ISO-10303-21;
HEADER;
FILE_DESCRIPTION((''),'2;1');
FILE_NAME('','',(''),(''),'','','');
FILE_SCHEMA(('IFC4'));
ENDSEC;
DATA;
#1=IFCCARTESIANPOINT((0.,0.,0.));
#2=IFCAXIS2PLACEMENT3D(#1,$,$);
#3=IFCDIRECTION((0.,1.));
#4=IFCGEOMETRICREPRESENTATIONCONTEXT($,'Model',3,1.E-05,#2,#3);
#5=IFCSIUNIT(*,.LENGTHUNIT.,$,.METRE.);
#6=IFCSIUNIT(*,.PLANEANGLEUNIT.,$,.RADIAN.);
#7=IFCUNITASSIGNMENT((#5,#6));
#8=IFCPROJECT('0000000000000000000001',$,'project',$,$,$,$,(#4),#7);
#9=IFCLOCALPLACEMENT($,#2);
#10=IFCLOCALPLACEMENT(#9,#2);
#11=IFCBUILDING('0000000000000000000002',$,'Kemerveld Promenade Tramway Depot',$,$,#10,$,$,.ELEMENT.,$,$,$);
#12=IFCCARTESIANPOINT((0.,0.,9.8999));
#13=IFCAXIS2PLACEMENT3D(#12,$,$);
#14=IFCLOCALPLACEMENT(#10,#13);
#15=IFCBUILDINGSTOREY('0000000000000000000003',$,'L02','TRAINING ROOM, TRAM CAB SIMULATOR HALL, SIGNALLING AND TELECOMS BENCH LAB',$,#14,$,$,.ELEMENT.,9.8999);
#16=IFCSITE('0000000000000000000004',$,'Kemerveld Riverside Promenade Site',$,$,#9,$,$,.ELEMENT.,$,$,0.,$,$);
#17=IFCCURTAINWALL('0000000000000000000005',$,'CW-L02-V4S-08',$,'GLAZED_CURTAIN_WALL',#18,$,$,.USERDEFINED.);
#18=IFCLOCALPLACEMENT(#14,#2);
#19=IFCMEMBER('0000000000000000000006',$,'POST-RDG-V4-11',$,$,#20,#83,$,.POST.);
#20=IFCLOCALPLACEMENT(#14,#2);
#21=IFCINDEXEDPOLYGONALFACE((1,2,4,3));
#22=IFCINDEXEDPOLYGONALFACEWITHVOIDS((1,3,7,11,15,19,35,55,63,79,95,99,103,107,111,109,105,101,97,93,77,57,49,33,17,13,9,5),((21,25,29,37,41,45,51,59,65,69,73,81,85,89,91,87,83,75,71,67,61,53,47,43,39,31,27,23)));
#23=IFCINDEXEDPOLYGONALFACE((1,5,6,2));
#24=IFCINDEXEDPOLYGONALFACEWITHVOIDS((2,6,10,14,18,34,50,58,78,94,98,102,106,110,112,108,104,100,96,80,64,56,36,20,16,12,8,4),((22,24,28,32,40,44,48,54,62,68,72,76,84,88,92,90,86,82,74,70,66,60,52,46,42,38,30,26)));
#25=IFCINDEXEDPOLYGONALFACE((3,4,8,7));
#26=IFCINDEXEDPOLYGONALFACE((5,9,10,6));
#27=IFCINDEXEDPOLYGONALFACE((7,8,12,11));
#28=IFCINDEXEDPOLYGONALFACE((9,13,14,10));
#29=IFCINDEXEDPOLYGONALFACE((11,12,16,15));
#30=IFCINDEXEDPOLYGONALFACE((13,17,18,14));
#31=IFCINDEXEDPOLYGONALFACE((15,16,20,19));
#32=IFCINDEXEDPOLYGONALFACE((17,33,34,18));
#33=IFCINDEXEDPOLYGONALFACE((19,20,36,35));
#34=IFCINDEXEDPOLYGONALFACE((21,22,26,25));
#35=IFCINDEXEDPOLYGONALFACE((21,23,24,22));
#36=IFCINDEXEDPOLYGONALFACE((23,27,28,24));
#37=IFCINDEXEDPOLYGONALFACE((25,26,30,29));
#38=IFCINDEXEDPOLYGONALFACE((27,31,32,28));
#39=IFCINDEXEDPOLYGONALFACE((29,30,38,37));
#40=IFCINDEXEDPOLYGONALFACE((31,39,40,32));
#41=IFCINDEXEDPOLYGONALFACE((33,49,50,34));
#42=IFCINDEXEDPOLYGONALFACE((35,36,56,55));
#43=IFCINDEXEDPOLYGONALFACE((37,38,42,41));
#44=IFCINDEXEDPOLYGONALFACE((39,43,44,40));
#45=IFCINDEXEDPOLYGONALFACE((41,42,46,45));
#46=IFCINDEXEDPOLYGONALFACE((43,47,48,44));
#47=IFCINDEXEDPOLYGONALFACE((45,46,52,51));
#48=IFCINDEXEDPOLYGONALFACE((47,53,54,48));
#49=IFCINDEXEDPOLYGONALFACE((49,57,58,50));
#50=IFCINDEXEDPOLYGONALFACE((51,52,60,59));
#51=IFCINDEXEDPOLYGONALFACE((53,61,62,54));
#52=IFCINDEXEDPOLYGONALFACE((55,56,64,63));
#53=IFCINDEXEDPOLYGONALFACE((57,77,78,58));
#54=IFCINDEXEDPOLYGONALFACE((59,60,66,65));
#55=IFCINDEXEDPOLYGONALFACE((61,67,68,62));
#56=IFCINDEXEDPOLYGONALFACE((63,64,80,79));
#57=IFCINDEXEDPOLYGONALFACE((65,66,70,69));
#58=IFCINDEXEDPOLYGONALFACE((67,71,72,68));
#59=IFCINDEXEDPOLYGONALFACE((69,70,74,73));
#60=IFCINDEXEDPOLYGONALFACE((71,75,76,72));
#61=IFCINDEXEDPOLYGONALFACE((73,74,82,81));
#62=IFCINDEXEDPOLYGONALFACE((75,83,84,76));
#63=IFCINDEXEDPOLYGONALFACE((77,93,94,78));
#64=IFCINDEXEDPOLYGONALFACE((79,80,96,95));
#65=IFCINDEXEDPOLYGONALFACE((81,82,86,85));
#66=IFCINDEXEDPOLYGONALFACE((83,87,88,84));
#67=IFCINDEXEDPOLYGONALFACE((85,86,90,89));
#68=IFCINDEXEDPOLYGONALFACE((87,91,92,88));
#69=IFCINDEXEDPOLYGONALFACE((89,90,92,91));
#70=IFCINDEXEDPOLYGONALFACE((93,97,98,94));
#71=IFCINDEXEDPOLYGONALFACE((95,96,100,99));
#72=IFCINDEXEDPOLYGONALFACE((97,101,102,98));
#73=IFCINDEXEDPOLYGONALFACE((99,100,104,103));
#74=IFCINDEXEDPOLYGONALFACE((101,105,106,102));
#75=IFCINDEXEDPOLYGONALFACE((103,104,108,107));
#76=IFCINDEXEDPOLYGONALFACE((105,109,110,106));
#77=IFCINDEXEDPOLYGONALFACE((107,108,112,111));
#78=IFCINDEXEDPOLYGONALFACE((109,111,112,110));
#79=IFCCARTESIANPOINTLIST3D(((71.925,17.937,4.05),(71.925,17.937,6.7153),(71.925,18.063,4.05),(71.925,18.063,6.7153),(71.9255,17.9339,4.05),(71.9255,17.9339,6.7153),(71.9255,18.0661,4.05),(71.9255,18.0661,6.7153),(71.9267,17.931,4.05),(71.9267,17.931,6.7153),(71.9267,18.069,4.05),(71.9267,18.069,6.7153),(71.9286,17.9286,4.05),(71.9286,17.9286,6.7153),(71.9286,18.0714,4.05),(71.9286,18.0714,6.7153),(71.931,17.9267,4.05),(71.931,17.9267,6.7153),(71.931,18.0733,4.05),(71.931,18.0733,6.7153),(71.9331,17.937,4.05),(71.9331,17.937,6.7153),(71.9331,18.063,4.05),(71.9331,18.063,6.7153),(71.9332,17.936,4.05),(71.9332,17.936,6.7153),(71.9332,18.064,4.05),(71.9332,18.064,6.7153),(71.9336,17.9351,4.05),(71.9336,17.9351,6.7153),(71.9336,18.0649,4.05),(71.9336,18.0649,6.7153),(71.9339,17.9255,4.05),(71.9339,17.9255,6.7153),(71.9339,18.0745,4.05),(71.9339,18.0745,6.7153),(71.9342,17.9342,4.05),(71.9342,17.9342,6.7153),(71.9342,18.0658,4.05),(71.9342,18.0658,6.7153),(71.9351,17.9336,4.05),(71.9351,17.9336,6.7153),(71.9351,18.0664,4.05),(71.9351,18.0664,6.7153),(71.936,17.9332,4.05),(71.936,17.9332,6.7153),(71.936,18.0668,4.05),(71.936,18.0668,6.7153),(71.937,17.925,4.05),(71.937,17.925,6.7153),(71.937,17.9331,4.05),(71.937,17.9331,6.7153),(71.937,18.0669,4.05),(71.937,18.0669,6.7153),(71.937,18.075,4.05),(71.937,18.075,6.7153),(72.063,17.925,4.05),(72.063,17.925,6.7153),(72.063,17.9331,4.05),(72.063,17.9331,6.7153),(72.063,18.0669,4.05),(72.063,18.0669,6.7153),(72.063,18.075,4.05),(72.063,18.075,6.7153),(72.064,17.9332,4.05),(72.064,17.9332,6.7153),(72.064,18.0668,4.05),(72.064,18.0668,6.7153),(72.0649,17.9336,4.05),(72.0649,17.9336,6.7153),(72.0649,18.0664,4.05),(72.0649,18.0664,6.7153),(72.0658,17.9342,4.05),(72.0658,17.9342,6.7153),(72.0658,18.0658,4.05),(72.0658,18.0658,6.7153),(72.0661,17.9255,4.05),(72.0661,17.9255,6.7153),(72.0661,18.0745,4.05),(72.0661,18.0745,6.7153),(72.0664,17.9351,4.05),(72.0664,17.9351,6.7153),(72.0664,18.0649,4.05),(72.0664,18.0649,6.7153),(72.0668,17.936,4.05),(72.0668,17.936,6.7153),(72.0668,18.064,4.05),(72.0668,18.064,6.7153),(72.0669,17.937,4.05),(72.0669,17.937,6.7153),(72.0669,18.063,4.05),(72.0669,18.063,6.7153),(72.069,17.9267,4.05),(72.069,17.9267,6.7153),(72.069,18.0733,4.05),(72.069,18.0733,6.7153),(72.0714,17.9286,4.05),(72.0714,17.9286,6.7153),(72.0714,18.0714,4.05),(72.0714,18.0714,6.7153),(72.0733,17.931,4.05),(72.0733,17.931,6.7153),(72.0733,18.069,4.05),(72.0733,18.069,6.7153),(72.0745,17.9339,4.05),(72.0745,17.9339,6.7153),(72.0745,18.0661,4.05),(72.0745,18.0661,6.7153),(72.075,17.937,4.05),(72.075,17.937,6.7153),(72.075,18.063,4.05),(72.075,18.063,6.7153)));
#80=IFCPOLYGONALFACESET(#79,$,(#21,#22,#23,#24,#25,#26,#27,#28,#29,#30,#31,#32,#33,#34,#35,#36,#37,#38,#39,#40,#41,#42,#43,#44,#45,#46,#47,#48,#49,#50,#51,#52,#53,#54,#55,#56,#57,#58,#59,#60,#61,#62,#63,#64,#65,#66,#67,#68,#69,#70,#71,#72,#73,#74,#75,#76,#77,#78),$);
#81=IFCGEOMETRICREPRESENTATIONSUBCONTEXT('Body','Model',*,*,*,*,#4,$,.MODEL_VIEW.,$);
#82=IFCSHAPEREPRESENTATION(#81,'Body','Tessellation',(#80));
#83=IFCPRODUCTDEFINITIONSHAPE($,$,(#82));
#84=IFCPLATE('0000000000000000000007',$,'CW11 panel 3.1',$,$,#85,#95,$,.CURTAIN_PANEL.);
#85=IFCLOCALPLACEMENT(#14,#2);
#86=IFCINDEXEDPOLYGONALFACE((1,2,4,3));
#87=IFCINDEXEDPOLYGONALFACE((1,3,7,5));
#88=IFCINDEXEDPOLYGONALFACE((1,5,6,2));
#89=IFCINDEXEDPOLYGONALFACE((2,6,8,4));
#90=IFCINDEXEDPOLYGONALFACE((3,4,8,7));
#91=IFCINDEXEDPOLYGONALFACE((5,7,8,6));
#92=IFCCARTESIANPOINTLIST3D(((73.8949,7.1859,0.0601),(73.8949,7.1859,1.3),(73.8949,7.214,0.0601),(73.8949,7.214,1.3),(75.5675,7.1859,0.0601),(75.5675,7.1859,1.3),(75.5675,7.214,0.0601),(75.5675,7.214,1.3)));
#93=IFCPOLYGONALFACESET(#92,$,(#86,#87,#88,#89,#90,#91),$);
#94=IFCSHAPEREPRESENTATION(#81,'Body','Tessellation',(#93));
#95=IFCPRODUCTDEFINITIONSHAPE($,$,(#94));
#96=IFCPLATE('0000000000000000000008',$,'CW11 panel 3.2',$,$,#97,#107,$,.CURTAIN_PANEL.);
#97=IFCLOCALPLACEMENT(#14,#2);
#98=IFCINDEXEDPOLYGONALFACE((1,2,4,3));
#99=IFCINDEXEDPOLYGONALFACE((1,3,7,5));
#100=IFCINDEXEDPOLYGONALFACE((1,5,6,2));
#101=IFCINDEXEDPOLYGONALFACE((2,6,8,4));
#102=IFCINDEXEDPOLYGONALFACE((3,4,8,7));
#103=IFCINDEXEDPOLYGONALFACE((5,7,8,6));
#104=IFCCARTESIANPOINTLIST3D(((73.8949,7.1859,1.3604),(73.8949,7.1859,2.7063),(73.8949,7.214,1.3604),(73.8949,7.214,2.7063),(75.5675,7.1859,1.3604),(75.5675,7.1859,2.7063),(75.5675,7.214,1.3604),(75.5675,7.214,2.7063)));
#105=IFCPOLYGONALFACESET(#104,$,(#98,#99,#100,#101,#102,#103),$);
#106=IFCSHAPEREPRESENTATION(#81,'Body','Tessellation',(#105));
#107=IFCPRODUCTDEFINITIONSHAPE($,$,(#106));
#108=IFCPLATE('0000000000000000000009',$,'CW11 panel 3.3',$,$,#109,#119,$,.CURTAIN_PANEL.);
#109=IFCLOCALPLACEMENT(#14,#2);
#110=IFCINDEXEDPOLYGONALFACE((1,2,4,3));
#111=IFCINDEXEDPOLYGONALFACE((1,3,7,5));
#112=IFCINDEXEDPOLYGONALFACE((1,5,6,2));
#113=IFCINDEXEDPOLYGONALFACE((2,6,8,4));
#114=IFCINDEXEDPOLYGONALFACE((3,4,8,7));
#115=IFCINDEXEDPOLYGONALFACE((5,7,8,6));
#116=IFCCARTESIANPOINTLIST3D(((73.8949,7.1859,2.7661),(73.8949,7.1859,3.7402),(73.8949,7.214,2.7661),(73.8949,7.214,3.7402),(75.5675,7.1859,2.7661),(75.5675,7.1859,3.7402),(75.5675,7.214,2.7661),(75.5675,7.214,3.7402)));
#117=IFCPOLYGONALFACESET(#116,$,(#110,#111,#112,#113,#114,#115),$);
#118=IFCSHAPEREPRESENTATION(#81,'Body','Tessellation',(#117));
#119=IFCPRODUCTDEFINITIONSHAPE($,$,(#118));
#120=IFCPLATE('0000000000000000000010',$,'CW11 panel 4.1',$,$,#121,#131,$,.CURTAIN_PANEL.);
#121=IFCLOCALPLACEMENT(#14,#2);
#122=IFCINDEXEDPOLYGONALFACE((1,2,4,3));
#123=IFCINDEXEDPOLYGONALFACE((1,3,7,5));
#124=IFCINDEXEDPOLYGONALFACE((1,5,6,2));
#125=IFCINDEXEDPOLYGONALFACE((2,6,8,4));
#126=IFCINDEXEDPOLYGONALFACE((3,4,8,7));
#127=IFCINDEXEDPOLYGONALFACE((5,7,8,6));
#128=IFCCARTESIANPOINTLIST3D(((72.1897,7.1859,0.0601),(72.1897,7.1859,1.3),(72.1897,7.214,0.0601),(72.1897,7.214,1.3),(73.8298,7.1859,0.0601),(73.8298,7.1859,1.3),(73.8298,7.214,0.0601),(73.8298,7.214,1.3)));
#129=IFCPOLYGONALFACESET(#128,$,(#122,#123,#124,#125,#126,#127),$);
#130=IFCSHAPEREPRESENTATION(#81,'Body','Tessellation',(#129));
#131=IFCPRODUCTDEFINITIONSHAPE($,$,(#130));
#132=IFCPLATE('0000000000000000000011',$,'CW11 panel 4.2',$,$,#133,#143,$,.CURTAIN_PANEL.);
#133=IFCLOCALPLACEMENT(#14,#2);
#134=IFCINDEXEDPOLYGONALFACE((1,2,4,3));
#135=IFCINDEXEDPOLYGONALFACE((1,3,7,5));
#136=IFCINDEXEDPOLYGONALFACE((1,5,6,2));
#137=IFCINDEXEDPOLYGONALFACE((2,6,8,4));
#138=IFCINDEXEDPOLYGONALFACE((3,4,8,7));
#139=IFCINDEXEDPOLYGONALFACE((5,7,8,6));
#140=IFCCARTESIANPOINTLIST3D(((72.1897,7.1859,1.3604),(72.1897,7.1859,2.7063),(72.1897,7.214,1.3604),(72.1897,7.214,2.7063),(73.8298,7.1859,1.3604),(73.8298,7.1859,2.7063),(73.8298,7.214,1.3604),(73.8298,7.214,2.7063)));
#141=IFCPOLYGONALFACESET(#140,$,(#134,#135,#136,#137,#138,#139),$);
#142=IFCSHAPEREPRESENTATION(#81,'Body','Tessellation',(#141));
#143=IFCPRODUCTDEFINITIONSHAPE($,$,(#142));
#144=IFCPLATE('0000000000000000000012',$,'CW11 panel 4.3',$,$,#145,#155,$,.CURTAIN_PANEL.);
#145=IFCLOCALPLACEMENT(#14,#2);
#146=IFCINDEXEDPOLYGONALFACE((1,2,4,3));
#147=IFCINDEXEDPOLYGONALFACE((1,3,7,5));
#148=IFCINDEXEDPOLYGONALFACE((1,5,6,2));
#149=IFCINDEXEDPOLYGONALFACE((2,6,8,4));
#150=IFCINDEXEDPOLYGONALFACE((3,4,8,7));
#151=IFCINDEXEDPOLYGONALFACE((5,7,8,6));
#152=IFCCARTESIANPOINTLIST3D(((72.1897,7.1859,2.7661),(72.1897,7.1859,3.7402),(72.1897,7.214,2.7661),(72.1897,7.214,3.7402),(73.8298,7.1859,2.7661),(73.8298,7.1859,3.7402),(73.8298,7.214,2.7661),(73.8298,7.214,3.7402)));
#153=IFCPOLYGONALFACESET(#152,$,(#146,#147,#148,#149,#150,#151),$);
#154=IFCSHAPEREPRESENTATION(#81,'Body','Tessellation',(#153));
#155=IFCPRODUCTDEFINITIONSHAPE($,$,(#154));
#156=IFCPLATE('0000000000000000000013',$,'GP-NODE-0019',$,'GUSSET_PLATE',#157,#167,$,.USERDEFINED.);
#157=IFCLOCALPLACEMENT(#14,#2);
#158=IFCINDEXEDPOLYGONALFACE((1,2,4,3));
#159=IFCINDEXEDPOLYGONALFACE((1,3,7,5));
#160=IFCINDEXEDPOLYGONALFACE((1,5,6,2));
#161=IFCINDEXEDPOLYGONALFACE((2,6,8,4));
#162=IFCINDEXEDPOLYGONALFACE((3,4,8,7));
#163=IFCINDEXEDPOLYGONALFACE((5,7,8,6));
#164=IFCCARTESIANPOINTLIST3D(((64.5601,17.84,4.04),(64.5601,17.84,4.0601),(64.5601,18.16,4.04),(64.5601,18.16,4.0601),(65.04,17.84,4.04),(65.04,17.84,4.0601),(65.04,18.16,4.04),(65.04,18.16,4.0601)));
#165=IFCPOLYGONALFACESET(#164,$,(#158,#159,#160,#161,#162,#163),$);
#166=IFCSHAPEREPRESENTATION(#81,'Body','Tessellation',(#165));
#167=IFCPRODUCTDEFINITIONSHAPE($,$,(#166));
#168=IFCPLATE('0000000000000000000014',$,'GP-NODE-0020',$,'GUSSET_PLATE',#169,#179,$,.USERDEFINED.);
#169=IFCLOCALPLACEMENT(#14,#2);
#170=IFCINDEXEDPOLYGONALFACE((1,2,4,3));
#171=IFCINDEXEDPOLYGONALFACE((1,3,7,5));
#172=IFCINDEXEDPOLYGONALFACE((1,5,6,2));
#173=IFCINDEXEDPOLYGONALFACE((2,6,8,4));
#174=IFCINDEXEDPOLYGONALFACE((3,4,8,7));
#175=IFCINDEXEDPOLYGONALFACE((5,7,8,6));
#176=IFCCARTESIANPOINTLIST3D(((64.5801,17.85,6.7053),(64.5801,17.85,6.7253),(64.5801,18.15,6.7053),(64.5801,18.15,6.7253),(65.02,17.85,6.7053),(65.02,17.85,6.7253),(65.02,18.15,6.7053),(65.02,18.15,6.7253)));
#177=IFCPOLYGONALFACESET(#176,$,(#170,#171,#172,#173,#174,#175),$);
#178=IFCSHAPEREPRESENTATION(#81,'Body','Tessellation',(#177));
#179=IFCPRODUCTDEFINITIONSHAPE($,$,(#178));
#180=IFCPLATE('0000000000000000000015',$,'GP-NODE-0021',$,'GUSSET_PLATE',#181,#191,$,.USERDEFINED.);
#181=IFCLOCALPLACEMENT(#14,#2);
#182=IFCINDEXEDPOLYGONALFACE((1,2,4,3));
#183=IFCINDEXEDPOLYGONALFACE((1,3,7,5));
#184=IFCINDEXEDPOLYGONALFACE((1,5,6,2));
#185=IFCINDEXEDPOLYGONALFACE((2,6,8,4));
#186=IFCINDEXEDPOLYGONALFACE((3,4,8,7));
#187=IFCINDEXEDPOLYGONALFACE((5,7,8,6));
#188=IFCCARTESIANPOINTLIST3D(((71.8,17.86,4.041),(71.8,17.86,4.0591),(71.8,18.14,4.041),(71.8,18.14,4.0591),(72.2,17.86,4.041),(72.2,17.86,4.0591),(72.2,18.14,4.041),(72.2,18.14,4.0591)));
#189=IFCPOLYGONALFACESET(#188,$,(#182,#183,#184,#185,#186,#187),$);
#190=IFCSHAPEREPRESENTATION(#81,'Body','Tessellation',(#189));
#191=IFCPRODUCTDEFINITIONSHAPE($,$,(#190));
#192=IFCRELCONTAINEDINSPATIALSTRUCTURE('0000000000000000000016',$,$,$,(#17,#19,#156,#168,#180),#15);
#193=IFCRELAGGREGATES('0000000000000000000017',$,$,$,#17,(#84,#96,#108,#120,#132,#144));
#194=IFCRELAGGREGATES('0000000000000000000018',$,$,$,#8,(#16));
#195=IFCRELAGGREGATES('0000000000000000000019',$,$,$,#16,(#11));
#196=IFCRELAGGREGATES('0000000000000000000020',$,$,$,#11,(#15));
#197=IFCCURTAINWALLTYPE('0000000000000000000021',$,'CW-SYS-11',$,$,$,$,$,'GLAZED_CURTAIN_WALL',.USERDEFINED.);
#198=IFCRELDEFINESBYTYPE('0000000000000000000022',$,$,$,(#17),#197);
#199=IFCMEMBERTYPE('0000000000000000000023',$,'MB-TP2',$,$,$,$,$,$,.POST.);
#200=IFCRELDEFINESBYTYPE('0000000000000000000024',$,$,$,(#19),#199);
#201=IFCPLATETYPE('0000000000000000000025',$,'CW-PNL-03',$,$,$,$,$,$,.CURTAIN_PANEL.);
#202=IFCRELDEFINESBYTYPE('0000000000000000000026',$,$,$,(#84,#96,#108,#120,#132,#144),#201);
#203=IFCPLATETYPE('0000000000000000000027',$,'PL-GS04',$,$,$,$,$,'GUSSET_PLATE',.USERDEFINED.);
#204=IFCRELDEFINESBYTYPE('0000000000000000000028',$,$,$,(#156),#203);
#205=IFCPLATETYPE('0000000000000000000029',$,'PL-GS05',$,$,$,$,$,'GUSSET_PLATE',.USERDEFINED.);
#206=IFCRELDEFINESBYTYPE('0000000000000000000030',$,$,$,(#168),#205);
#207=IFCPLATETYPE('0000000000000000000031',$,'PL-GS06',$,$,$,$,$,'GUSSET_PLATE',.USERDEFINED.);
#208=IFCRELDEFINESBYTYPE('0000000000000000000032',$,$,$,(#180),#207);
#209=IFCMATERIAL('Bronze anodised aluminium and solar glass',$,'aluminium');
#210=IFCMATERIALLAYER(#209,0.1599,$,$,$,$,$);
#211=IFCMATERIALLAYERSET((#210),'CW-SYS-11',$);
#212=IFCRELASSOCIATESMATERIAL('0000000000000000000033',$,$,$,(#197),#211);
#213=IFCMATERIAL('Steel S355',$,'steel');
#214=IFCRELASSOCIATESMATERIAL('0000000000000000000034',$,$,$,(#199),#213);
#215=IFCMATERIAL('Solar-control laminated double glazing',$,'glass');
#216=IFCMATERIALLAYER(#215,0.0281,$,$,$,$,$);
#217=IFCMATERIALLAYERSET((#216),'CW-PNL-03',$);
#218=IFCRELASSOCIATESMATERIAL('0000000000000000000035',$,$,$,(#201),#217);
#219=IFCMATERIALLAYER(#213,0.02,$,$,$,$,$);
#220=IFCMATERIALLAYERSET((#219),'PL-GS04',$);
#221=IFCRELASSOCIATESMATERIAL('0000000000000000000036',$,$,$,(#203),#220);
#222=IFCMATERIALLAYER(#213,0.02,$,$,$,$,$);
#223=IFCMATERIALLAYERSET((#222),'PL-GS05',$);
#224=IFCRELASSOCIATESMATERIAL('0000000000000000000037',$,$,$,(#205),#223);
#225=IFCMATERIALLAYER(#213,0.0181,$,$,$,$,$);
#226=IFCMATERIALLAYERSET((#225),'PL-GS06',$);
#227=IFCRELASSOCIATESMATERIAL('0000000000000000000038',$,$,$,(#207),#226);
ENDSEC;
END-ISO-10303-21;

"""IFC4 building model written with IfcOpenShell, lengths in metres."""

from ifc_helpers import new_model, si_unit, direction, frame, origin, origin_2d, place, context, subcontext, project, spatial, rectangle, hollow_rectangle, extrude, material, layer, layer_set, material_profile, profile_set, type_object, element, aggregate, save


model = new_model("IFC4")

# Units and contexts
model_context = context("Model", 3, precision=1e-05, world=origin(), true_north=direction((0.0, 1.0)))
body_context = subcontext(model_context, "Body", "Model", "MODEL_VIEW")
ifc_project = project(units=[si_unit("LENGTHUNIT", "METRE"), si_unit("PLANEANGLEUNIT", "RADIAN")], contexts=[model_context])

# Site, building, storey
site_placement = place(None, origin())
site = spatial("IfcSite", under=ifc_project, at=site_placement, Name="Kemerveld Riverside Promenade Site", CompositionType="ELEMENT", RefElevation=0.0)
building_placement = place(site_placement, origin())
building = spatial("IfcBuilding", under=site, at=building_placement, Name="Kemerveld Promenade Tramway Depot", CompositionType="ELEMENT")
storey_placement = place(building_placement, frame((0.0, 0.0, 9.8999)))
storey = spatial("IfcBuildingStorey", under=building, at=storey_placement, Name="L02", Description="TRAINING ROOM, TRAM CAB SIMULATOR HALL, SIGNALLING AND TELECOMS BENCH LAB", CompositionType="ELEMENT", Elevation=9.8999)

# Shared definitions
ifc_material_1 = material(Name="Steel S355", Category="steel")

# Curtain wall
ifc_material_2 = material(Name="Bronze anodised aluminium and solar glass", Category="aluminium")
ifc_layer_1 = layer(ifc_material_2, 0.1599)
ifc_layer_set_1 = layer_set([ifc_layer_1], Name="CW-SYS-11")
curtain_wall_type = type_object("IfcCurtainWallType", Name="CW-SYS-11", ElementType="GLAZED_CURTAIN_WALL", PredefinedType="USERDEFINED", material=ifc_layer_set_1)
curtain_wall_placement = place(storey_placement, origin())
curtain_wall = element("IfcCurtainWall", 1, at=curtain_wall_placement, inside=storey, type_object=curtain_wall_type, Name="CW-L02-V4S-08", ObjectType="GLAZED_CURTAIN_WALL", PredefinedType="USERDEFINED")

# Member
ifc_material_profile_1 = material_profile(ifc_material_1, hollow_rectangle(XDim=0.1499, YDim=0.1499, WallThickness=0.0081, InnerFilletRadius=0.0039, OuterFilletRadius=0.012, at=origin_2d()), Name="150x150x8.0 SHS")
ifc_profile_set_1 = profile_set([ifc_material_profile_1], Name="Steel S355")
member_type_1 = type_object("IfcMemberType", Name="MB-TP2", PredefinedType="POST", material=ifc_profile_set_1)
member_1_placement = place(storey_placement, frame((72.0, 18.0, 4.05), z_axis=(0.0, 0.0, 1.0), x_axis=(1.0, 0.0, 0.0)))
element("IfcMember", 2, at=member_1_placement, inside=storey, type_object=member_type_1, Name="POST-RDG-V4-11", PredefinedType="POST", context=body_context, shape_type="SweptSolid", body=[
    extrude(hollow_rectangle(XDim=0.1499, YDim=0.1499, WallThickness=0.0081, InnerFilletRadius=0.0039, OuterFilletRadius=0.012, at=origin_2d()), origin(), (0.0, 0.0, 1.0), 2.6653),
])

# Plates
ifc_material_3 = material(Name="Solar-control laminated double glazing", Category="glass")
ifc_layer_2 = layer(ifc_material_3, 0.0281)
ifc_layer_set_2 = layer_set([ifc_layer_2], Name="CW-PNL-03")
plate_type_1 = type_object("IfcPlateType", Name="CW-PNL-03", PredefinedType="CURTAIN_PANEL", material=ifc_layer_set_2)
plate_1_placement = place(storey_placement, frame((74.7312, 7.2, 0.0601), z_axis=(0.0, 0.0, 1.0), x_axis=(-1.0, 0.0, 0.0)))
plate_1 = element("IfcPlate", 3, at=plate_1_placement, type_object=plate_type_1, Name="CW11 panel 3.1", PredefinedType="CURTAIN_PANEL", context=body_context, shape_type="SweptSolid", body=[
    extrude(rectangle(XDim=1.6726, YDim=0.0281, at=origin_2d()), origin(), (0.0, 0.0, 1.0), 1.24),
])
plate_2_placement = place(storey_placement, frame((74.7312, 7.2, 1.3604), z_axis=(0.0, 0.0, 1.0), x_axis=(-1.0, 0.0, 0.0)))
plate_2 = element("IfcPlate", 4, at=plate_2_placement, type_object=plate_type_1, Name="CW11 panel 3.2", PredefinedType="CURTAIN_PANEL", context=body_context, shape_type="SweptSolid", body=[
    extrude(rectangle(XDim=1.6726, YDim=0.0281, at=origin_2d()), origin(), (0.0, 0.0, 1.0), 1.3459),
])
plate_3_placement = place(storey_placement, frame((74.7312, 7.2, 2.7661), z_axis=(0.0, 0.0, 1.0), x_axis=(-1.0, 0.0, 0.0)))
plate_3 = element("IfcPlate", 5, at=plate_3_placement, type_object=plate_type_1, Name="CW11 panel 3.3", PredefinedType="CURTAIN_PANEL", context=body_context, shape_type="SweptSolid", body=[
    extrude(rectangle(XDim=1.6726, YDim=0.0281, at=origin_2d()), origin(), (0.0, 0.0, 1.0), 0.9741),
])
plate_4_placement = place(storey_placement, frame((73.0098, 7.2, 0.0601), z_axis=(0.0, 0.0, 1.0), x_axis=(-1.0, 0.0, 0.0)))
plate_4 = element("IfcPlate", 6, at=plate_4_placement, type_object=plate_type_1, Name="CW11 panel 4.1", PredefinedType="CURTAIN_PANEL", context=body_context, shape_type="SweptSolid", body=[
    extrude(rectangle(XDim=1.6401, YDim=0.0281, at=origin_2d()), origin(), (0.0, 0.0, 1.0), 1.24),
])
plate_5_placement = place(storey_placement, frame((73.0098, 7.2, 1.3604), z_axis=(0.0, 0.0, 1.0), x_axis=(-1.0, 0.0, 0.0)))
plate_5 = element("IfcPlate", 7, at=plate_5_placement, type_object=plate_type_1, Name="CW11 panel 4.2", PredefinedType="CURTAIN_PANEL", context=body_context, shape_type="SweptSolid", body=[
    extrude(rectangle(XDim=1.6401, YDim=0.0281, at=origin_2d()), origin(), (0.0, 0.0, 1.0), 1.3459),
])
plate_6_placement = place(storey_placement, frame((73.0098, 7.2, 2.7661), z_axis=(0.0, 0.0, 1.0), x_axis=(-1.0, 0.0, 0.0)))
plate_6 = element("IfcPlate", 8, at=plate_6_placement, type_object=plate_type_1, Name="CW11 panel 4.3", PredefinedType="CURTAIN_PANEL", context=body_context, shape_type="SweptSolid", body=[
    extrude(rectangle(XDim=1.6401, YDim=0.0281, at=origin_2d()), origin(), (0.0, 0.0, 1.0), 0.9741),
])
aggregate(curtain_wall, [plate_1, plate_2, plate_3, plate_4, plate_5, plate_6])

# Plates
ifc_layer_3 = layer(ifc_material_1, 0.02)
ifc_layer_set_3 = layer_set([ifc_layer_3], Name="PL-GS04")
plate_type_2 = type_object("IfcPlateType", Name="PL-GS04", ElementType="GUSSET_PLATE", PredefinedType="USERDEFINED", material=ifc_layer_set_3)
plate_7_placement = place(storey_placement, frame((64.8, 18.0, 4.04), z_axis=(0.0, 0.0, 1.0), x_axis=(1.0, 0.0, 0.0)))
element("IfcPlate", 9, at=plate_7_placement, inside=storey, type_object=plate_type_2, Name="GP-NODE-0019", ObjectType="GUSSET_PLATE", PredefinedType="USERDEFINED", context=body_context, shape_type="SweptSolid", body=[
    extrude(rectangle(XDim=0.48, YDim=0.3201, at=origin_2d()), origin(), (0.0, 0.0, 1.0), 0.02),
])
ifc_layer_4 = layer(ifc_material_1, 0.02)
ifc_layer_set_4 = layer_set([ifc_layer_4], Name="PL-GS05")
plate_type_3 = type_object("IfcPlateType", Name="PL-GS05", ElementType="GUSSET_PLATE", PredefinedType="USERDEFINED", material=ifc_layer_set_4)
plate_8_placement = place(storey_placement, frame((64.8, 18.0, 6.7053), z_axis=(0.0, 0.0, 1.0), x_axis=(1.0, 0.0, 0.0)))
element("IfcPlate", 10, at=plate_8_placement, inside=storey, type_object=plate_type_3, Name="GP-NODE-0020", ObjectType="GUSSET_PLATE", PredefinedType="USERDEFINED", context=body_context, shape_type="SweptSolid", body=[
    extrude(rectangle(XDim=0.4399, YDim=0.3, at=origin_2d()), origin(), (0.0, 0.0, 1.0), 0.02),
])
ifc_layer_5 = layer(ifc_material_1, 0.0181)
ifc_layer_set_5 = layer_set([ifc_layer_5], Name="PL-GS06")
plate_type_4 = type_object("IfcPlateType", Name="PL-GS06", ElementType="GUSSET_PLATE", PredefinedType="USERDEFINED", material=ifc_layer_set_5)
plate_9_placement = place(storey_placement, frame((72.0, 18.0, 4.041), z_axis=(0.0, 0.0, 1.0), x_axis=(1.0, 0.0, 0.0)))
element("IfcPlate", 11, at=plate_9_placement, inside=storey, type_object=plate_type_4, Name="GP-NODE-0021", ObjectType="GUSSET_PLATE", PredefinedType="USERDEFINED", context=body_context, shape_type="SweptSolid", body=[
    extrude(rectangle(XDim=0.3999, YDim=0.28, at=origin_2d()), origin(), (0.0, 0.0, 1.0), 0.0181),
])

save(model, "model.ifc")
